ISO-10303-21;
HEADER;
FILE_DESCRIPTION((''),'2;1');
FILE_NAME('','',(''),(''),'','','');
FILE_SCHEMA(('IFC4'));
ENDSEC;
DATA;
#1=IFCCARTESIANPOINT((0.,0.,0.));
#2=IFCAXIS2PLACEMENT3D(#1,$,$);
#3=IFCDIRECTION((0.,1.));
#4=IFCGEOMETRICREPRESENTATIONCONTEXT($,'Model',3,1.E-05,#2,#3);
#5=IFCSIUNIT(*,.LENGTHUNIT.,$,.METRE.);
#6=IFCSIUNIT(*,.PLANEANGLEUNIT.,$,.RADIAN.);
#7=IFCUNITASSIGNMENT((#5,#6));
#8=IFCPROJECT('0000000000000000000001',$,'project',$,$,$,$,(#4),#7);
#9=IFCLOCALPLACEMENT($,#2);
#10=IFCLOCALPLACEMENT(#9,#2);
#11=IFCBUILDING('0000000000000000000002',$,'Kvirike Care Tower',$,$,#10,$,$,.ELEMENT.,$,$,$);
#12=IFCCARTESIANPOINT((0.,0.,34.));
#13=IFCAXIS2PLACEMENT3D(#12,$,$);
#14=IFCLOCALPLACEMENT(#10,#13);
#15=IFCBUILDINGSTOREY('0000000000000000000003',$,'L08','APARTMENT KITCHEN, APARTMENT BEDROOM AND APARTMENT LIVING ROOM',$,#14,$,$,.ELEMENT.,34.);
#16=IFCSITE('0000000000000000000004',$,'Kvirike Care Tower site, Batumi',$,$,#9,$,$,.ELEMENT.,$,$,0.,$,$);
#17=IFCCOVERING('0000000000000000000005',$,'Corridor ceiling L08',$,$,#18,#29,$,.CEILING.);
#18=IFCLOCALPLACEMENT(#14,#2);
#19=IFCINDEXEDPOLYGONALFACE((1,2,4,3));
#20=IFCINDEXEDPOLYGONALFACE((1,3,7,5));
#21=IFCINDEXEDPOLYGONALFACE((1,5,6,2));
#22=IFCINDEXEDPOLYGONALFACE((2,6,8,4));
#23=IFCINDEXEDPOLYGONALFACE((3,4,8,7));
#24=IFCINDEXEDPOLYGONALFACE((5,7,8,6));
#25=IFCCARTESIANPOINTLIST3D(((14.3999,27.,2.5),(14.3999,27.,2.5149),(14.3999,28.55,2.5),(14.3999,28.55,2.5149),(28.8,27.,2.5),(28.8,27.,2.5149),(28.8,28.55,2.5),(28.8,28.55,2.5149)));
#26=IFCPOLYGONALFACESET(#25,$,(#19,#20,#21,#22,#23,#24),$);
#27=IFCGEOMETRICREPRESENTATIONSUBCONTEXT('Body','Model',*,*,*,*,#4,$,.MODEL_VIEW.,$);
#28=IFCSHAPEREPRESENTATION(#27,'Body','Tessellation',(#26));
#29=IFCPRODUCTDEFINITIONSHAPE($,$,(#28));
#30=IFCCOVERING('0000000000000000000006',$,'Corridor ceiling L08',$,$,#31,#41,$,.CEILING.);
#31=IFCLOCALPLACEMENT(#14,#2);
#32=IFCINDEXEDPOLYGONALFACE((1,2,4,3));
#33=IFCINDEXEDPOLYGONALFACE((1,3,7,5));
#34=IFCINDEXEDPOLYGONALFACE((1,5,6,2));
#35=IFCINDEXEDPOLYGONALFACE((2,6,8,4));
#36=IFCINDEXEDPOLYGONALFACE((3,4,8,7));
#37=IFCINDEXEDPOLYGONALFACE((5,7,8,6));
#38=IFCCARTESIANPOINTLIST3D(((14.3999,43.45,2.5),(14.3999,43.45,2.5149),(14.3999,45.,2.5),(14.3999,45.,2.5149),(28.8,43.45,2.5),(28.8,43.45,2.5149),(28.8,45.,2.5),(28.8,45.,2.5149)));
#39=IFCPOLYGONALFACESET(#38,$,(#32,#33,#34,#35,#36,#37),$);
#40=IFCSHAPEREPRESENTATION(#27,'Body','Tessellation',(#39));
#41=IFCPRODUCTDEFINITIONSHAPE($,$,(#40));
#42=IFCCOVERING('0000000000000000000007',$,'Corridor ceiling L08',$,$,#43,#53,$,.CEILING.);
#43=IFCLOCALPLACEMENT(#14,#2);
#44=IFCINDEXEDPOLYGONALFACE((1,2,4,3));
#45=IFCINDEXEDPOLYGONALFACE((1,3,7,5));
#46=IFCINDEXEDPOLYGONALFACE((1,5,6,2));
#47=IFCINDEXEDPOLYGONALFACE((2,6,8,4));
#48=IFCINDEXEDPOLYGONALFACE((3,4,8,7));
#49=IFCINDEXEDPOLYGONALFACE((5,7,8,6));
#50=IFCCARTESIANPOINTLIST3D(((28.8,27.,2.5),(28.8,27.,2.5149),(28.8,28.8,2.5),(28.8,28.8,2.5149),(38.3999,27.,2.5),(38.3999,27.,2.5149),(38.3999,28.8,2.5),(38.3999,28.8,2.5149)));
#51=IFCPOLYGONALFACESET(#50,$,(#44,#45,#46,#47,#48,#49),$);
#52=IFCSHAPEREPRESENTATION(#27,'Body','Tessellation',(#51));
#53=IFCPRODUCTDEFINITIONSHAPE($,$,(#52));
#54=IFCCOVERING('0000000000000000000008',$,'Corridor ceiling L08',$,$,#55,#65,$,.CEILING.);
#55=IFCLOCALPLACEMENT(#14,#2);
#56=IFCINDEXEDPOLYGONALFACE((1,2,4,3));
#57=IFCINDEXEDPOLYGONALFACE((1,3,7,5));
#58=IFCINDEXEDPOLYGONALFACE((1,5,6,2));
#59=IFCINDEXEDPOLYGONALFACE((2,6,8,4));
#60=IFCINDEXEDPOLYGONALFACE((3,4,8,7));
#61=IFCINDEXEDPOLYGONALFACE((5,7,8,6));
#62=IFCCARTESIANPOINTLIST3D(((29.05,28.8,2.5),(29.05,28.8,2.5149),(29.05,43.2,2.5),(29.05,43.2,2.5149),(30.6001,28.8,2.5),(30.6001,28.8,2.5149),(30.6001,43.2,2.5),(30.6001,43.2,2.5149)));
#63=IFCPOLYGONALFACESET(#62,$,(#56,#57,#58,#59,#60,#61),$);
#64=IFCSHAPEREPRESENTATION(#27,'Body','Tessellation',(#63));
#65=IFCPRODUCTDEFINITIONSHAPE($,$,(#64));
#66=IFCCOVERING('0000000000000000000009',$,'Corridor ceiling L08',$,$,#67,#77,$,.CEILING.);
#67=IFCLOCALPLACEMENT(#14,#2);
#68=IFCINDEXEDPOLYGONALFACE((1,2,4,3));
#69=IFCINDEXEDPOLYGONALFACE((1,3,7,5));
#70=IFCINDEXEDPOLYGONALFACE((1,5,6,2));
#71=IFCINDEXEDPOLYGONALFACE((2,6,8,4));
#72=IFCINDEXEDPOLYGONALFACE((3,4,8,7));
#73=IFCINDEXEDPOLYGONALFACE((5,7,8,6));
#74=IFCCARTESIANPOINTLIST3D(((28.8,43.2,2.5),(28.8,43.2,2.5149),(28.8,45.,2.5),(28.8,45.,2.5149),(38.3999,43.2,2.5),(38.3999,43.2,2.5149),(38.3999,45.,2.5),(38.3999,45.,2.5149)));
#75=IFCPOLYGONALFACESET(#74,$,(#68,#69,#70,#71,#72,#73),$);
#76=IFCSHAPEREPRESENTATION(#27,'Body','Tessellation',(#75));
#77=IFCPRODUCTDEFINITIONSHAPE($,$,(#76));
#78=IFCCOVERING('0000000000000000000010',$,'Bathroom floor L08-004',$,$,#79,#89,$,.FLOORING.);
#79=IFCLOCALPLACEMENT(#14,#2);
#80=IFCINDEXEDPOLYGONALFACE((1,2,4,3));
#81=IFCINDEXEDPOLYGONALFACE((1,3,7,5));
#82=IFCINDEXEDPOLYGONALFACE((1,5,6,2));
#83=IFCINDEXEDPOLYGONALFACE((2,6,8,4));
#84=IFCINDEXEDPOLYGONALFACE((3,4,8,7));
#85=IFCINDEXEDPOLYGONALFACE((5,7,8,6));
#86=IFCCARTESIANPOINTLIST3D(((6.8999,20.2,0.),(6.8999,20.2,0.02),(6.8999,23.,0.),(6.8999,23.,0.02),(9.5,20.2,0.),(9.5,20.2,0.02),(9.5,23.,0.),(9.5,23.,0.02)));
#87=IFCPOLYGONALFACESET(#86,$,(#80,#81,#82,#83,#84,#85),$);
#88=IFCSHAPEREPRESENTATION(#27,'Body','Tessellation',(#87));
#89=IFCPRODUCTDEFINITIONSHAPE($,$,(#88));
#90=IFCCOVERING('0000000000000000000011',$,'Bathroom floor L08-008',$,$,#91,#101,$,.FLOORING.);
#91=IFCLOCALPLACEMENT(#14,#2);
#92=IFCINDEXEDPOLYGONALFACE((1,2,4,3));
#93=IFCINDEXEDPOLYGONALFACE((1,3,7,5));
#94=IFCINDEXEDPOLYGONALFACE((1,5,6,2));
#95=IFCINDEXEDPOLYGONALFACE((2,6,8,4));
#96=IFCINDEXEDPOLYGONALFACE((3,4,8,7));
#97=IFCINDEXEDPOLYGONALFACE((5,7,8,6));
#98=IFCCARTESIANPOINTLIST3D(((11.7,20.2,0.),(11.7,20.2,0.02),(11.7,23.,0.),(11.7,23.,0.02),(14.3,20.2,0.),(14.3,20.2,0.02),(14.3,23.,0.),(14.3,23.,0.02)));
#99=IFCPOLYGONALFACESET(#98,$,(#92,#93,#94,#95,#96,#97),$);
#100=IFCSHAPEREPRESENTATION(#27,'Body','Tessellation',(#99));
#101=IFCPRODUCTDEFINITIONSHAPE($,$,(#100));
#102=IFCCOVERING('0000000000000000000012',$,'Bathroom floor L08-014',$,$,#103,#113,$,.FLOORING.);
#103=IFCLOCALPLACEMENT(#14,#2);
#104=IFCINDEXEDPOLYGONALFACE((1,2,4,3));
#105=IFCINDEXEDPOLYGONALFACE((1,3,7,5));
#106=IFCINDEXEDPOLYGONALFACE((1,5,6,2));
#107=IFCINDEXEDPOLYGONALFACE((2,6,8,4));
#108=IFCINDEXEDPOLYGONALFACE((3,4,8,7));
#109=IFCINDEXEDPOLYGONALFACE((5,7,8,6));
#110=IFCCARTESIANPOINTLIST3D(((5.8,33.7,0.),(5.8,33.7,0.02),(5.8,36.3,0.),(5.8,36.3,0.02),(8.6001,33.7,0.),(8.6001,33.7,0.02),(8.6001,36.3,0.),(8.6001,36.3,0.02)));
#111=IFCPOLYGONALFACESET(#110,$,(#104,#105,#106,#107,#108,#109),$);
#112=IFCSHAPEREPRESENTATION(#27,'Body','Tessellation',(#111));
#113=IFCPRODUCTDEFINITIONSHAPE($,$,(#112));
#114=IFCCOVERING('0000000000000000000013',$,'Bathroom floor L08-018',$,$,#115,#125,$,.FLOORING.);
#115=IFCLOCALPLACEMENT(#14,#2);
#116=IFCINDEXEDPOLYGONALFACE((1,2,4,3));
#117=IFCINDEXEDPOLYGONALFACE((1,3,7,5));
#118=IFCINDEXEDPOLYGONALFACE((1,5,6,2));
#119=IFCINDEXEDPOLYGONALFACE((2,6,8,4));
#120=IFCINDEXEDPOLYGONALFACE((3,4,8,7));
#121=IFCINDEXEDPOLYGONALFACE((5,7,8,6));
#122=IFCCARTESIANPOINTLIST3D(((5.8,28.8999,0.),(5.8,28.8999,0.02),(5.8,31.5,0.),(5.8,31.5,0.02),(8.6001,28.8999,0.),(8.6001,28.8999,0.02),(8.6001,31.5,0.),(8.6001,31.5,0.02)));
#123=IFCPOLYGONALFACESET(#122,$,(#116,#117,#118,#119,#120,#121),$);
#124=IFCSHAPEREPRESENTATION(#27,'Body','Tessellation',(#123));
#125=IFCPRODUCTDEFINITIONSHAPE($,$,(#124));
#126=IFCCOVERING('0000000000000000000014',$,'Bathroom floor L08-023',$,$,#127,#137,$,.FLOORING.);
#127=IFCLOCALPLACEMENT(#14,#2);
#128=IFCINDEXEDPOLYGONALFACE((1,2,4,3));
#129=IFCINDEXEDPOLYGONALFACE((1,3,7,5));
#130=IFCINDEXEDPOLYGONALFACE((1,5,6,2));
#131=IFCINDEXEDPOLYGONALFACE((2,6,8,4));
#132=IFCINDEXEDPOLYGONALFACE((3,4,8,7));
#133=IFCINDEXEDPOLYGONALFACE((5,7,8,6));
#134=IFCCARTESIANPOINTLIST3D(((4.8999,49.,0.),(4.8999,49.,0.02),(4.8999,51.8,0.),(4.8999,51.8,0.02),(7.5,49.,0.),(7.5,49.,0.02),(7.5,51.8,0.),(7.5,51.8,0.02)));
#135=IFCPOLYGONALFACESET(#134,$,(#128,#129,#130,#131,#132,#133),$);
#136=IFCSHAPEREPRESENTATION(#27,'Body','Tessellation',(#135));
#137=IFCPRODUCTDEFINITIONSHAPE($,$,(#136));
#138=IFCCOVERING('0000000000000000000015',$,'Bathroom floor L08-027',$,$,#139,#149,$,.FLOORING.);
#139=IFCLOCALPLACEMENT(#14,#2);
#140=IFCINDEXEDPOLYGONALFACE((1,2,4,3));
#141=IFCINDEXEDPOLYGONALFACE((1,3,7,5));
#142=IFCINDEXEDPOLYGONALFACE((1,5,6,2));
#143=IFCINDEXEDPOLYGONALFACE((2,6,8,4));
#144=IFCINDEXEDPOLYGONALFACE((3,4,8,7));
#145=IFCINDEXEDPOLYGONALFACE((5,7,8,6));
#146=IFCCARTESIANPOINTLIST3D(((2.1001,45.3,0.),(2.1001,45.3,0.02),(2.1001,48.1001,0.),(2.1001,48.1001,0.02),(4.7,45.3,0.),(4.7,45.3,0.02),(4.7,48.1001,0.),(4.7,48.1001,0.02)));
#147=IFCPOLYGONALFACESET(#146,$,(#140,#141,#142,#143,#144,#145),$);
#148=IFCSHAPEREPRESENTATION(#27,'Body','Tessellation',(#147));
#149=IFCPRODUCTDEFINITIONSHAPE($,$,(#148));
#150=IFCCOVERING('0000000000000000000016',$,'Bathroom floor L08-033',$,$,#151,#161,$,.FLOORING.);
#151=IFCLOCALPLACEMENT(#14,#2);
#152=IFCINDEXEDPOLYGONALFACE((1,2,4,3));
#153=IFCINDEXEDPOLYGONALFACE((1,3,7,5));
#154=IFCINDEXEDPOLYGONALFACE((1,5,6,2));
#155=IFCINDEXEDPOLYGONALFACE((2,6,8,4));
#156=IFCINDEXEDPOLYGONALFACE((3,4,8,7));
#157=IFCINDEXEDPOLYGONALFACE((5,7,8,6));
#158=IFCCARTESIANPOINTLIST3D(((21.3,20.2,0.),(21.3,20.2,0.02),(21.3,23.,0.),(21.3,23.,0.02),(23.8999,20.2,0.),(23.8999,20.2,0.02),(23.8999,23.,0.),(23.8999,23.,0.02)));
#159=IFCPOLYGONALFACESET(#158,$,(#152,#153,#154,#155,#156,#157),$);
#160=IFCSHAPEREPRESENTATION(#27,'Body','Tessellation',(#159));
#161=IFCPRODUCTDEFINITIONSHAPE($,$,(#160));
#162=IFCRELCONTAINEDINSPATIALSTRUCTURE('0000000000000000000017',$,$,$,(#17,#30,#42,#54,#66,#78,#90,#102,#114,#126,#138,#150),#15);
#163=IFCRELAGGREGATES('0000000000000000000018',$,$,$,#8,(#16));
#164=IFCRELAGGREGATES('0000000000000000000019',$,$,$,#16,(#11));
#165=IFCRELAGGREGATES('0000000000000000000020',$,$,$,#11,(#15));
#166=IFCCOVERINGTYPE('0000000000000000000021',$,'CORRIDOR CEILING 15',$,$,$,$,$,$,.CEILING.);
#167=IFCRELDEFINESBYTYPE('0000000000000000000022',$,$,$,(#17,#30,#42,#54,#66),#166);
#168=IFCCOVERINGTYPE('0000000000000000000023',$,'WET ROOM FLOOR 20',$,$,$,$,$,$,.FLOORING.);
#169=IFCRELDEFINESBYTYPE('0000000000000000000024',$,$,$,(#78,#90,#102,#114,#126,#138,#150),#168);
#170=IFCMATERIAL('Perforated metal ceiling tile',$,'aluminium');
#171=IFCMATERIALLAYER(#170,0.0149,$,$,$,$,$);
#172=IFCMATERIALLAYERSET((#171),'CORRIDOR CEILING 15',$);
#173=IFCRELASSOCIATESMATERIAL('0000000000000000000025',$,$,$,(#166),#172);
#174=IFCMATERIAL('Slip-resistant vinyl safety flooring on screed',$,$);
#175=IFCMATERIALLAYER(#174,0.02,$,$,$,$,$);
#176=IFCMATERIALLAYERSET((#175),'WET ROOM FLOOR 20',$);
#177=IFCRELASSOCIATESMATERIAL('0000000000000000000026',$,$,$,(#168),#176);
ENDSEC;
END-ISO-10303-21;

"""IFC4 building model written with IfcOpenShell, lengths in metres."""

from ifc_helpers import new_model, si_unit, direction, frame, origin, place, context, subcontext, project, spatial, polyline, outline, extrude, material, layer, layer_set, type_object, element, save


model = new_model("IFC4")

# Units and contexts
model_context = context("Model", 3, precision=1e-05, world=origin(), true_north=direction((0.0, 1.0)))
body_context = subcontext(model_context, "Body", "Model", "MODEL_VIEW")
ifc_project = project(units=[si_unit("LENGTHUNIT", "METRE"), si_unit("PLANEANGLEUNIT", "RADIAN")], contexts=[model_context])

# Site, building, storey
site_placement = place(None, origin())
site = spatial("IfcSite", under=ifc_project, at=site_placement, Name="Kvirike Care Tower site, Batumi", CompositionType="ELEMENT", RefElevation=0.0)
building_placement = place(site_placement, origin())
building = spatial("IfcBuilding", under=site, at=building_placement, Name="Kvirike Care Tower", CompositionType="ELEMENT")
storey_placement = place(building_placement, frame((0.0, 0.0, 34.0)))
storey = spatial("IfcBuildingStorey", under=building, at=storey_placement, Name="L08", Description="APARTMENT KITCHEN, APARTMENT BEDROOM AND APARTMENT LIVING ROOM", CompositionType="ELEMENT", Elevation=34.0)

# Coverings
ifc_material_1 = material(Name="Perforated metal ceiling tile", Category="aluminium")
ifc_layer_1 = layer(ifc_material_1, 0.0149)
ifc_layer_set_1 = layer_set([ifc_layer_1], Name="CORRIDOR CEILING 15")
covering_type_1 = type_object("IfcCoveringType", Name="CORRIDOR CEILING 15", PredefinedType="CEILING", material=ifc_layer_set_1)
covering_1_placement = place(storey_placement, frame((0.0, 0.0, 2.5)))
element("IfcCovering", 1, at=covering_1_placement, inside=storey, type_object=covering_type_1, Name="Corridor ceiling L08", PredefinedType="CEILING", context=body_context, shape_type="SweptSolid", body=[
    extrude(outline(polyline([(14.3999, 27.0), (14.3999, 28.55), (28.8, 28.55), (28.8, 27.0), (14.3999, 27.0)])), origin(), (0.0, 0.0, 1.0), 0.0149),
])
covering_2_placement = place(storey_placement, frame((0.0, 0.0, 2.5)))
element("IfcCovering", 2, at=covering_2_placement, inside=storey, type_object=covering_type_1, Name="Corridor ceiling L08", PredefinedType="CEILING", context=body_context, shape_type="SweptSolid", body=[
    extrude(outline(polyline([(28.8, 45.0), (28.8, 43.45), (14.3999, 43.45), (14.3999, 45.0), (28.8, 45.0)])), origin(), (0.0, 0.0, 1.0), 0.0149),
])
covering_3_placement = place(storey_placement, frame((0.0, 0.0, 2.5)))
element("IfcCovering", 3, at=covering_3_placement, inside=storey, type_object=covering_type_1, Name="Corridor ceiling L08", PredefinedType="CEILING", context=body_context, shape_type="SweptSolid", body=[
    extrude(outline(polyline([(28.8, 27.0), (28.8, 28.8), (38.3999, 28.8), (38.3999, 27.0), (28.8, 27.0)])), origin(), (0.0, 0.0, 1.0), 0.0149),
])
covering_4_placement = place(storey_placement, frame((0.0, 0.0, 2.5)))
element("IfcCovering", 4, at=covering_4_placement, inside=storey, type_object=covering_type_1, Name="Corridor ceiling L08", PredefinedType="CEILING", context=body_context, shape_type="SweptSolid", body=[
    extrude(outline(polyline([(30.6001, 28.8), (29.05, 28.8), (29.05, 43.2), (30.6001, 43.2), (30.6001, 28.8)])), origin(), (0.0, 0.0, 1.0), 0.0149),
])
covering_5_placement = place(storey_placement, frame((0.0, 0.0, 2.5)))
element("IfcCovering", 5, at=covering_5_placement, inside=storey, type_object=covering_type_1, Name="Corridor ceiling L08", PredefinedType="CEILING", context=body_context, shape_type="SweptSolid", body=[
    extrude(outline(polyline([(38.3999, 45.0), (38.3999, 43.2), (28.8, 43.2), (28.8, 45.0), (38.3999, 45.0)])), origin(), (0.0, 0.0, 1.0), 0.0149),
])
ifc_material_2 = material(Name="Slip-resistant vinyl safety flooring on screed")
ifc_layer_2 = layer(ifc_material_2, 0.02)
ifc_layer_set_2 = layer_set([ifc_layer_2], Name="WET ROOM FLOOR 20")
covering_type_2 = type_object("IfcCoveringType", Name="WET ROOM FLOOR 20", PredefinedType="FLOORING", material=ifc_layer_set_2)
covering_6_placement = place(storey_placement, origin())
element("IfcCovering", 6, at=covering_6_placement, inside=storey, type_object=covering_type_2, Name="Bathroom floor L08-004", PredefinedType="FLOORING", context=body_context, shape_type="SweptSolid", body=[
    extrude(outline(polyline([(6.8999, 20.2), (6.8999, 23.0), (9.5, 23.0), (9.5, 20.2), (6.8999, 20.2)])), origin(), (0.0, 0.0, 1.0), 0.02),
])
covering_7_placement = place(storey_placement, origin())
element("IfcCovering", 7, at=covering_7_placement, inside=storey, type_object=covering_type_2, Name="Bathroom floor L08-008", PredefinedType="FLOORING", context=body_context, shape_type="SweptSolid", body=[
    extrude(outline(polyline([(11.7, 20.2), (11.7, 23.0), (14.3, 23.0), (14.3, 20.2), (11.7, 20.2)])), origin(), (0.0, 0.0, 1.0), 0.02),
])
covering_8_placement = place(storey_placement, origin())
element("IfcCovering", 8, at=covering_8_placement, inside=storey, type_object=covering_type_2, Name="Bathroom floor L08-014", PredefinedType="FLOORING", context=body_context, shape_type="SweptSolid", body=[
    extrude(outline(polyline([(5.8, 36.3), (8.6001, 36.3), (8.6001, 33.7), (5.8, 33.7), (5.8, 36.3)])), origin(), (0.0, 0.0, 1.0), 0.02),
])
covering_9_placement = place(storey_placement, origin())
element("IfcCovering", 9, at=covering_9_placement, inside=storey, type_object=covering_type_2, Name="Bathroom floor L08-018", PredefinedType="FLOORING", context=body_context, shape_type="SweptSolid", body=[
    extrude(outline(polyline([(5.8, 31.5), (8.6001, 31.5), (8.6001, 28.8999), (5.8, 28.8999), (5.8, 31.5)])), origin(), (0.0, 0.0, 1.0), 0.02),
])
covering_10_placement = place(storey_placement, origin())
element("IfcCovering", 10, at=covering_10_placement, inside=storey, type_object=covering_type_2, Name="Bathroom floor L08-023", PredefinedType="FLOORING", context=body_context, shape_type="SweptSolid", body=[
    extrude(outline(polyline([(7.5, 51.8), (7.5, 49.0), (4.8999, 49.0), (4.8999, 51.8), (7.5, 51.8)])), origin(), (0.0, 0.0, 1.0), 0.02),
])
covering_11_placement = place(storey_placement, origin())
element("IfcCovering", 11, at=covering_11_placement, inside=storey, type_object=covering_type_2, Name="Bathroom floor L08-027", PredefinedType="FLOORING", context=body_context, shape_type="SweptSolid", body=[
    extrude(outline(polyline([(4.7, 48.1001), (4.7, 45.3), (2.1001, 45.3), (2.1001, 48.1001), (4.7, 48.1001)])), origin(), (0.0, 0.0, 1.0), 0.02),
])
covering_12_placement = place(storey_placement, origin())
element("IfcCovering", 12, at=covering_12_placement, inside=storey, type_object=covering_type_2, Name="Bathroom floor L08-033", PredefinedType="FLOORING", context=body_context, shape_type="SweptSolid", body=[
    extrude(outline(polyline([(21.3, 20.2), (21.3, 23.0), (23.8999, 23.0), (23.8999, 20.2), (21.3, 20.2)])), origin(), (0.0, 0.0, 1.0), 0.02),
])

save(model, "model.ifc")
